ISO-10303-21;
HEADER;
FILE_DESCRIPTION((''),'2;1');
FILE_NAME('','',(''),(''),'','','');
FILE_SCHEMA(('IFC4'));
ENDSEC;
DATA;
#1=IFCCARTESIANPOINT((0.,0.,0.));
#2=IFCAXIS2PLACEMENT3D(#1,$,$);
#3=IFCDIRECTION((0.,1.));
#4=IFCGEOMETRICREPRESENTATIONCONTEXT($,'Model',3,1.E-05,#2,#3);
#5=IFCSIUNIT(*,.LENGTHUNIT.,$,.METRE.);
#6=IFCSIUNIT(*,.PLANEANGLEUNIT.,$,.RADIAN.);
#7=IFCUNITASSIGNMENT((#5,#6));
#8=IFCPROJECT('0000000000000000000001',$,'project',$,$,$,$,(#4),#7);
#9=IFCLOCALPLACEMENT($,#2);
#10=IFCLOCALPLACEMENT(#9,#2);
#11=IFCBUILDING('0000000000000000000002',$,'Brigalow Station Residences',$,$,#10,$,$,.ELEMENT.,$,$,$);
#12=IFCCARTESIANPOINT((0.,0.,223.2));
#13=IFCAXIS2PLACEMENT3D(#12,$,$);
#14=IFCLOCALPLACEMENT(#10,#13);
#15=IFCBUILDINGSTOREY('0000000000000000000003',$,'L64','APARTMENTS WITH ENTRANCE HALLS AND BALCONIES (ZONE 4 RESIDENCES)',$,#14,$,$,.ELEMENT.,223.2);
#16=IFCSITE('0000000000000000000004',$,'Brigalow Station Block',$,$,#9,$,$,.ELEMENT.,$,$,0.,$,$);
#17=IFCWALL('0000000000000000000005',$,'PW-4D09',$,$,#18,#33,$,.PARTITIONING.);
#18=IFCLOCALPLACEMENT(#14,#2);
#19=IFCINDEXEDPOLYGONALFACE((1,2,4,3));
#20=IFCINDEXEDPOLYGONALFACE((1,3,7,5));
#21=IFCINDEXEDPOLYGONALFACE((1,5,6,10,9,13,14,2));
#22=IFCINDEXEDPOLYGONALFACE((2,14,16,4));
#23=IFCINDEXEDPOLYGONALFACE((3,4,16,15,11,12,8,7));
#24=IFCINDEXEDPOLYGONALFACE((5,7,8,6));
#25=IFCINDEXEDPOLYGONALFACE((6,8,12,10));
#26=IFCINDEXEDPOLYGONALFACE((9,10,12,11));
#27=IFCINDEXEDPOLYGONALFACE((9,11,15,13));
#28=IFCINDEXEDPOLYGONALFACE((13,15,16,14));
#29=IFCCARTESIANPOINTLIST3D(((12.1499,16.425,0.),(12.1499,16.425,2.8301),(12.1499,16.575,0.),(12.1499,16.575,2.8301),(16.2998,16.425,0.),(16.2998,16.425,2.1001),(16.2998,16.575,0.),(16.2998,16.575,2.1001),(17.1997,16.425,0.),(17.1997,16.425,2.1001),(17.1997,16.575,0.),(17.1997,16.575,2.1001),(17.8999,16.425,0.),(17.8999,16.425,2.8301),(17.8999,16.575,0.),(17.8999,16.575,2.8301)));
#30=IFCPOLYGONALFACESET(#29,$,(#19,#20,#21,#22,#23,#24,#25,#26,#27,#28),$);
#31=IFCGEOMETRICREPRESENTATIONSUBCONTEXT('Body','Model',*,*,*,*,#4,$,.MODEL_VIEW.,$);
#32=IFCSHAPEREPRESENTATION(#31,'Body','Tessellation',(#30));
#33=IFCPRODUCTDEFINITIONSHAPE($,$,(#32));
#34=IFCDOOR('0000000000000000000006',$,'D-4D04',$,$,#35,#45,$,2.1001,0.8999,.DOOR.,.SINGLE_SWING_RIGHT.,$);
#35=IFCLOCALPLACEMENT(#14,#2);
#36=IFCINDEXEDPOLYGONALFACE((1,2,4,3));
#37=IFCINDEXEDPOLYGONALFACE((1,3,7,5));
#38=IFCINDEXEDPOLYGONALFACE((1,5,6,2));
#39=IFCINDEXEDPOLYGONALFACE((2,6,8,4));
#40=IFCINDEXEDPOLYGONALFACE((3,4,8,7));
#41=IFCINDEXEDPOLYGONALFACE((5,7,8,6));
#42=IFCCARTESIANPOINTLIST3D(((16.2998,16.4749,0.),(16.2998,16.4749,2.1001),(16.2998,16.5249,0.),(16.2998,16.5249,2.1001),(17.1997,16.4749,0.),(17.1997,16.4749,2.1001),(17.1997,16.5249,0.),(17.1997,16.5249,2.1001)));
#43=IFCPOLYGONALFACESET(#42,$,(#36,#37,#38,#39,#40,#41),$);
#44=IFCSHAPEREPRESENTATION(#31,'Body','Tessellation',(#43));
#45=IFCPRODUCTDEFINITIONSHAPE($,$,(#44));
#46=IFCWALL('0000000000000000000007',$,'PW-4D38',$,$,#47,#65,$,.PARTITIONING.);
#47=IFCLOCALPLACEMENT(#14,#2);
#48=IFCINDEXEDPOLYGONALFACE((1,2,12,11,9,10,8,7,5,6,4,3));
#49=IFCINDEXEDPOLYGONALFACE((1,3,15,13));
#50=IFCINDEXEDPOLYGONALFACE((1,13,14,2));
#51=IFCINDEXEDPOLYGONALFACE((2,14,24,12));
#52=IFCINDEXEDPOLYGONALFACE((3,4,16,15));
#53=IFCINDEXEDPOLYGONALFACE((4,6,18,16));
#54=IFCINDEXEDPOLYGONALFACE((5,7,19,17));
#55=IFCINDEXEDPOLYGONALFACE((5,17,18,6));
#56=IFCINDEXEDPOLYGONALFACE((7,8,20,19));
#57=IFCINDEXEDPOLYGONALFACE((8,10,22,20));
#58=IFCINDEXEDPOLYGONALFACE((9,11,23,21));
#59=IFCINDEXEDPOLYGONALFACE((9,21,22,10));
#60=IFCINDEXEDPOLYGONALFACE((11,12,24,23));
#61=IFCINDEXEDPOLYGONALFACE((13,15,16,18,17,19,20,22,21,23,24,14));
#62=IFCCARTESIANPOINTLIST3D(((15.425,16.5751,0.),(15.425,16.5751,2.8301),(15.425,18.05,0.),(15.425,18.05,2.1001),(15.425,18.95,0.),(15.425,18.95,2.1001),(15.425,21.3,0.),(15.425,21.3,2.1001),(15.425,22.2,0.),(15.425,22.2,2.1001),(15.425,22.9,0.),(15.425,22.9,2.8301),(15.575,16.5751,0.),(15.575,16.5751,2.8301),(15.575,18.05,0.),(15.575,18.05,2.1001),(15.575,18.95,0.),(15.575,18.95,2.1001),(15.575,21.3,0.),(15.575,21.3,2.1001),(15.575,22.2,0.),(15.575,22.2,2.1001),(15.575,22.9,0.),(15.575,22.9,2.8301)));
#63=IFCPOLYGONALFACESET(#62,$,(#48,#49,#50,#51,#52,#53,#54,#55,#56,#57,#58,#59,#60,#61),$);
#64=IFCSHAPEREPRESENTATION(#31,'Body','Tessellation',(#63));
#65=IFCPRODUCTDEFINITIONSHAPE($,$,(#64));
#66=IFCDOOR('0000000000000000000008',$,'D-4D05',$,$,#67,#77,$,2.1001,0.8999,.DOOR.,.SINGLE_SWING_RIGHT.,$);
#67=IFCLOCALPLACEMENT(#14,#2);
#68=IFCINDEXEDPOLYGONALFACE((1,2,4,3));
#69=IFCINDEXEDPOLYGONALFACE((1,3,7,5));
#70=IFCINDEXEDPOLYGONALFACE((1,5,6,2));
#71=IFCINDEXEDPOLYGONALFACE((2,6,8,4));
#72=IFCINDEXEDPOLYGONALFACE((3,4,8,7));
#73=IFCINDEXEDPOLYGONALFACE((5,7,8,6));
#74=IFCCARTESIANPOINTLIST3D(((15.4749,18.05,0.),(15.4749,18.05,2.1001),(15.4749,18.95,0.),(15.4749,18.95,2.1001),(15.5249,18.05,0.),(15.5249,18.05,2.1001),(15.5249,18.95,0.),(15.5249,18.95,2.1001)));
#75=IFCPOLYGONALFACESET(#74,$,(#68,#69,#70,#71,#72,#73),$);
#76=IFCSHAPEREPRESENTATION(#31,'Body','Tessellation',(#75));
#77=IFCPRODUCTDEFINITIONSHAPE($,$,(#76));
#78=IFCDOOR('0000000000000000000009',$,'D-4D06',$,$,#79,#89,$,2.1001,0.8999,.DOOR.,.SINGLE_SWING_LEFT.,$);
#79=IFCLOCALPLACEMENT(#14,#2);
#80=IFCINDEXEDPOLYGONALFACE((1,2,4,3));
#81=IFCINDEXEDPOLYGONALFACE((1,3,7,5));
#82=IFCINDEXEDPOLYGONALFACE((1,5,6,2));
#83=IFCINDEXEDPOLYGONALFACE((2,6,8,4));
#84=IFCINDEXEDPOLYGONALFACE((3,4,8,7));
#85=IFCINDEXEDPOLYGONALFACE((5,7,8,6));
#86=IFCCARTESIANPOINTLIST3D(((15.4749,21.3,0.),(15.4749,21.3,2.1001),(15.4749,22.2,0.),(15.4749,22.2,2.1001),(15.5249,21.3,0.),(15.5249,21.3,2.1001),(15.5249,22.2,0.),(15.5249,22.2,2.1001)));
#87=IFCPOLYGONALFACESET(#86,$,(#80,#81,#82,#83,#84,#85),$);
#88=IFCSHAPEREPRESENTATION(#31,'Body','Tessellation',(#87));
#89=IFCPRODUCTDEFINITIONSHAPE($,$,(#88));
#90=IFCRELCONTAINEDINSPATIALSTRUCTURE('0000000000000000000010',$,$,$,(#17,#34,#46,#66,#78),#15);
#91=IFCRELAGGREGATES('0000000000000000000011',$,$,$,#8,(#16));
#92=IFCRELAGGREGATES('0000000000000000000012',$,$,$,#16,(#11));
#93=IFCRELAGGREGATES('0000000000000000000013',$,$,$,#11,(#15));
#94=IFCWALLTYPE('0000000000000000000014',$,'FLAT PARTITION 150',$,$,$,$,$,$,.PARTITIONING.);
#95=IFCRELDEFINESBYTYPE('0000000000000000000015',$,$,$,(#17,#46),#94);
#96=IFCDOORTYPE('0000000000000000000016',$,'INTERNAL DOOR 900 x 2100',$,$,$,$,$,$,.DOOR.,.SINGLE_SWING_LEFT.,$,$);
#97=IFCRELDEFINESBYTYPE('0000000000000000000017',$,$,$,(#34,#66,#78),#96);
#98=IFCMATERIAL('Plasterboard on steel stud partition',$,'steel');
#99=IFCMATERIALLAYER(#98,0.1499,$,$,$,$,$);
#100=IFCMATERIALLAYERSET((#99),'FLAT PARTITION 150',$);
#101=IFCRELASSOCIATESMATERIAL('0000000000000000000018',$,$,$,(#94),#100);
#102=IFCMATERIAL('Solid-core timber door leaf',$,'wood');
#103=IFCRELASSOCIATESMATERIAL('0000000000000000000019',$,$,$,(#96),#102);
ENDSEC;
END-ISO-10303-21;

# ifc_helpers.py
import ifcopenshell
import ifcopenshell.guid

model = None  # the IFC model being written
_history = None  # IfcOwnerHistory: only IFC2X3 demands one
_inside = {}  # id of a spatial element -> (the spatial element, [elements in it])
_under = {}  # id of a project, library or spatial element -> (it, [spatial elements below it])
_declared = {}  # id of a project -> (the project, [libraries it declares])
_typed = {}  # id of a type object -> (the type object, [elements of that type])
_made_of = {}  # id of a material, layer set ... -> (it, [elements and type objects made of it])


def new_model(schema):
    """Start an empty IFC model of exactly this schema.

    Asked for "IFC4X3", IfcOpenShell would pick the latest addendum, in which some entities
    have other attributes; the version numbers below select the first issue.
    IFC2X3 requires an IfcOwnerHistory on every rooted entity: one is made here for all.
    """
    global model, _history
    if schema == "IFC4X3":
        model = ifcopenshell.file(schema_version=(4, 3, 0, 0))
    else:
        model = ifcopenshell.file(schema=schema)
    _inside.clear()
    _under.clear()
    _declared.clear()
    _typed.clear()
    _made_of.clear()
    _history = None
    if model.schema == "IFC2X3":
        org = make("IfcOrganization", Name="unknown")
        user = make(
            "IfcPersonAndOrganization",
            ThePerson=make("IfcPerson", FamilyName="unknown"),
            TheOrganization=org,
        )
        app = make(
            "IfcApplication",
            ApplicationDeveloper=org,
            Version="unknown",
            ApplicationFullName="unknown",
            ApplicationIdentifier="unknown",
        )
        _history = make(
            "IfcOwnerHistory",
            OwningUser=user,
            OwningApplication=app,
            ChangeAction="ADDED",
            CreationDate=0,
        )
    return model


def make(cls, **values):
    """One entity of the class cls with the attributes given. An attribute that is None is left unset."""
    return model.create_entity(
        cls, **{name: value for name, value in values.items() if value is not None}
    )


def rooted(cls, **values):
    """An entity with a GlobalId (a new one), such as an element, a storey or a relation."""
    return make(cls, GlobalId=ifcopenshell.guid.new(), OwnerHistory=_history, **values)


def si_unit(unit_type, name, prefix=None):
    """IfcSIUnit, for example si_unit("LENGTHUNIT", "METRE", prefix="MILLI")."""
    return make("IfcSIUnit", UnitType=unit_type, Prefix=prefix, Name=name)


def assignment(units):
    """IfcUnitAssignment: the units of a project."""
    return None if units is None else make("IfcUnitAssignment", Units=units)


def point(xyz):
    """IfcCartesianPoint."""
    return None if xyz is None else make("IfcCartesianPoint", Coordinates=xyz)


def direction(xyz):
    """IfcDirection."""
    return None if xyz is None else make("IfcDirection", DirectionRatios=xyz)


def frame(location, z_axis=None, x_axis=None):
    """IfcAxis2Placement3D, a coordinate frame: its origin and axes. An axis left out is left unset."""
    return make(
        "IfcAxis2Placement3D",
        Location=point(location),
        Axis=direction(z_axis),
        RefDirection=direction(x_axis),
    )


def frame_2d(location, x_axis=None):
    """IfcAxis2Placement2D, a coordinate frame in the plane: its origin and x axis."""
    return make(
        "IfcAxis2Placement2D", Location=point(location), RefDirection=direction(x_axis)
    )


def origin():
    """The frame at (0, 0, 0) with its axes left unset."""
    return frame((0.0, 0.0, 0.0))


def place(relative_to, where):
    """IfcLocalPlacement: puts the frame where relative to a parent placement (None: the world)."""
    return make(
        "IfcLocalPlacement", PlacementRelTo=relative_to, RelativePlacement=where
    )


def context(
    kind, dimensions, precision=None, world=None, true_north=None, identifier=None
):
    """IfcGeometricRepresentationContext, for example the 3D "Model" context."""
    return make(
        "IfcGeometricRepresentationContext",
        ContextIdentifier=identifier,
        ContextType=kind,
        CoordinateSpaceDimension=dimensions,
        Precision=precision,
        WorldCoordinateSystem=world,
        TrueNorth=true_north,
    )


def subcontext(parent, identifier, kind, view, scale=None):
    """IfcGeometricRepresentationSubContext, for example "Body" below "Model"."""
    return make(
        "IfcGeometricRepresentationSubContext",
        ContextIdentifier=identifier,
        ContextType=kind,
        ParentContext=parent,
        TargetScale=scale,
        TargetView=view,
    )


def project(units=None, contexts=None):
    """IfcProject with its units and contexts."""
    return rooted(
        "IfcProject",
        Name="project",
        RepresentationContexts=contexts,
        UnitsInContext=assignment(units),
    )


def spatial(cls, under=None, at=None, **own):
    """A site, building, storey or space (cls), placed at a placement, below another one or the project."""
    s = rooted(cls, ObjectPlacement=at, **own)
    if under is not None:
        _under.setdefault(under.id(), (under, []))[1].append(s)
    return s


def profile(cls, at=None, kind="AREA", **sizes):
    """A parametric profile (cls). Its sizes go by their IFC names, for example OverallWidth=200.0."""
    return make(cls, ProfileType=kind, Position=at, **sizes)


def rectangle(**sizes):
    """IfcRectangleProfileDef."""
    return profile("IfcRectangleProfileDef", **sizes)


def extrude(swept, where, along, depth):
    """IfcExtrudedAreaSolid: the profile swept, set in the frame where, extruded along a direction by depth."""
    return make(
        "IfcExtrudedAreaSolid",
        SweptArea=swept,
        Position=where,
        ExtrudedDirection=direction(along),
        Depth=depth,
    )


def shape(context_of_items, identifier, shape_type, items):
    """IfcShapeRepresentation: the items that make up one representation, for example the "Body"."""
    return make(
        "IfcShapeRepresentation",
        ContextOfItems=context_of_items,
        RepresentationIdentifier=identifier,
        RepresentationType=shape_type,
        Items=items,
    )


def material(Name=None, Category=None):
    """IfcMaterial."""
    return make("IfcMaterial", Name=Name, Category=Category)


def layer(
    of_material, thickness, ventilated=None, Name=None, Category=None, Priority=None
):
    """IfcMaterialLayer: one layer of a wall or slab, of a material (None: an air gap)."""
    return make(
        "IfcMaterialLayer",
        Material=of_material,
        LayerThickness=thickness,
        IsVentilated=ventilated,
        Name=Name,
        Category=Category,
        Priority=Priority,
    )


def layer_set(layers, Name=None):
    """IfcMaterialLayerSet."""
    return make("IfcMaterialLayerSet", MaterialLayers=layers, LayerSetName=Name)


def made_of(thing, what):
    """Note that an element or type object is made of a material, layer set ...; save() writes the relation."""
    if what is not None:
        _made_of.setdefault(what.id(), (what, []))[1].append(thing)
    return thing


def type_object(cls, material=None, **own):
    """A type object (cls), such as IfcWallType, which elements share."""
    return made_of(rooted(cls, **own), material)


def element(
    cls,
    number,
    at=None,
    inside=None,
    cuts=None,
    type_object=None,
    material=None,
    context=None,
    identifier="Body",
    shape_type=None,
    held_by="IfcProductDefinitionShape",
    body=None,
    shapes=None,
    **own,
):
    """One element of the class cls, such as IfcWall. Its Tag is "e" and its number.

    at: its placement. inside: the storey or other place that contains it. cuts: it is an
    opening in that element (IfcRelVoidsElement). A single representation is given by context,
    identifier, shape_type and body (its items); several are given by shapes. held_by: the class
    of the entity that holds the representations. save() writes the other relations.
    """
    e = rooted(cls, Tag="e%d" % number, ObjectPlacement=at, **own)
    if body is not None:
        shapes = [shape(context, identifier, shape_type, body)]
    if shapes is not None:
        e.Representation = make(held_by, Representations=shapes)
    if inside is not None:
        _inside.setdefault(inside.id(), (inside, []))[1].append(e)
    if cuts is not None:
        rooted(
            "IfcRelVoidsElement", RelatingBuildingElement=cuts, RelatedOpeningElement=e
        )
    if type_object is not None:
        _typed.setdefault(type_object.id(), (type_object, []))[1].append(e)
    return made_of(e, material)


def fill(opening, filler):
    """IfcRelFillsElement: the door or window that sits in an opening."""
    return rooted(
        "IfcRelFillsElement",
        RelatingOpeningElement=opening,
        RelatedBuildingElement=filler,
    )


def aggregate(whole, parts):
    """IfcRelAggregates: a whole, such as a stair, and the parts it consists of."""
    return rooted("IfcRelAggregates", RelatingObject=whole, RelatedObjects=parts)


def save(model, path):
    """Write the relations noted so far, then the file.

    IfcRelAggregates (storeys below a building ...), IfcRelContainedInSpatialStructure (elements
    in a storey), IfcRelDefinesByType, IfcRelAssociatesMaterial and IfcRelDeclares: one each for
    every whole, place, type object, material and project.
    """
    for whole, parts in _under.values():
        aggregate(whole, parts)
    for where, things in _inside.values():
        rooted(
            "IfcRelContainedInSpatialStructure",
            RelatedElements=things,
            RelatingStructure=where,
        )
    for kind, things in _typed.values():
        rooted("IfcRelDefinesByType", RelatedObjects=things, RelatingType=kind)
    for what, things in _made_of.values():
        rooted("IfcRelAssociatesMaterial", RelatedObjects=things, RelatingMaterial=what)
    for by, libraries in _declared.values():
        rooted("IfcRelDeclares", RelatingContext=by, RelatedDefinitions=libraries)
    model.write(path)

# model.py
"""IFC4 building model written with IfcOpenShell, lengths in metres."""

from ifc_helpers import new_model, si_unit, direction, frame, frame_2d, origin, place, context, subcontext, project, spatial, rectangle, extrude, material, layer, layer_set, type_object, element, fill, save


model = new_model("IFC4")

# Units and contexts
model_context = context("Model", 3, precision=1e-05, world=origin(), true_north=direction((0.0, 1.0)))
body_context = subcontext(model_context, "Body", "Model", "MODEL_VIEW")
ifc_project = project(units=[si_unit("LENGTHUNIT", "METRE"), si_unit("PLANEANGLEUNIT", "RADIAN")], contexts=[model_context])

# Site, building, storey
site_placement = place(None, origin())
site = spatial("IfcSite", under=ifc_project, at=site_placement, Name="Brigalow Station Block", CompositionType="ELEMENT", RefElevation=0.0)
building_placement = place(site_placement, origin())
building = spatial("IfcBuilding", under=site, at=building_placement, Name="Brigalow Station Residences", CompositionType="ELEMENT")
storey_placement = place(building_placement, frame((0.0, 0.0, 223.2)))
storey = spatial("IfcBuildingStorey", under=building, at=storey_placement, Name="L64", Description="APARTMENTS WITH ENTRANCE HALLS AND BALCONIES (ZONE 4 RESIDENCES)", CompositionType="ELEMENT", Elevation=223.2)

# Shared definitions
ifc_material_1 = material(Name="Plasterboard on steel stud partition", Category="steel")
ifc_layer_1 = layer(ifc_material_1, 0.1499)
ifc_layer_set_1 = layer_set([ifc_layer_1], Name="FLAT PARTITION 150")
wall_type_1 = type_object("IfcWallType", Name="FLAT PARTITION 150", PredefinedType="PARTITIONING", material=ifc_layer_set_1)

# Wall, opening, door
wall_1_placement = place(storey_placement, frame((12.1499, 16.5, 0.0), z_axis=(0.0, 0.0, 1.0), x_axis=(1.0, 0.0, 0.0)))
wall_1 = element("IfcWall", 1, at=wall_1_placement, inside=storey, type_object=wall_type_1, Name="PW-4D09", PredefinedType="PARTITIONING", context=body_context, shape_type="SweptSolid", body=[
    extrude(rectangle(XDim=5.75, YDim=0.1499, at=frame_2d((2.875, 0.0))), origin(), (0.0, 0.0, 1.0), 2.8301),
])
opening_1_placement = place(wall_1_placement, frame((4.1499, 0.0, 0.0)))
opening_1 = element("IfcOpeningElement", 2, at=opening_1_placement, cuts=wall_1, PredefinedType="OPENING", context=body_context, shape_type="SweptSolid", body=[
    extrude(rectangle(XDim=0.8999, YDim=2.1001, at=frame_2d((0.45, 1.05))), frame((0.0, 0.085, 0.0), z_axis=(0.0, -1.0, 0.0), x_axis=(1.0, 0.0, 0.0)), (0.0, 0.0, 1.0), 0.1699),
])
ifc_material_2 = material(Name="Solid-core timber door leaf", Category="wood")
door_type_1 = type_object("IfcDoorType", Name="INTERNAL DOOR 900 x 2100", OperationType="SINGLE_SWING_LEFT", PredefinedType="DOOR", material=ifc_material_2)
door_1_placement = place(opening_1_placement, origin())
door_1 = element("IfcDoor", 3, at=door_1_placement, inside=storey, type_object=door_type_1, Name="D-4D04", OperationType="SINGLE_SWING_RIGHT", OverallHeight=2.1001, OverallWidth=0.8999, PredefinedType="DOOR", context=body_context, shape_type="SweptSolid", body=[
    extrude(rectangle(XDim=0.8999, YDim=2.1001, at=frame_2d((0.45, 1.05))), frame((0.0, 0.0249, 0.0), z_axis=(0.0, -1.0, 0.0), x_axis=(1.0, 0.0, 0.0)), (0.0, 0.0, 1.0), 0.05),
])
fill(opening_1, door_1)

# Wall, openings, doors
wall_2_placement = place(storey_placement, frame((15.5, 16.575, 0.0), z_axis=(0.0, 0.0, 1.0), x_axis=(0.0, 1.0, 0.0)))
wall_2 = element("IfcWall", 4, at=wall_2_placement, inside=storey, type_object=wall_type_1, Name="PW-4D38", PredefinedType="PARTITIONING", context=body_context, shape_type="SweptSolid", body=[
    extrude(rectangle(XDim=6.325, YDim=0.1499, at=frame_2d((3.1626, 0.0))), origin(), (0.0, 0.0, 1.0), 2.8301),
])
opening_2_placement = place(wall_2_placement, frame((1.4751, 0.0, 0.0)))
opening_2 = element("IfcOpeningElement", 5, at=opening_2_placement, cuts=wall_2, PredefinedType="OPENING", context=body_context, shape_type="SweptSolid", body=[
    extrude(rectangle(XDim=0.8999, YDim=2.1001, at=frame_2d((0.45, 1.05))), frame((0.0, 0.085, 0.0), z_axis=(0.0, -1.0, 0.0), x_axis=(1.0, 0.0, 0.0)), (0.0, 0.0, 1.0), 0.1699),
])
opening_3_placement = place(wall_2_placement, frame((4.7251, 0.0, 0.0)))
opening_3 = element("IfcOpeningElement", 6, at=opening_3_placement, cuts=wall_2, PredefinedType="OPENING", context=body_context, shape_type="SweptSolid", body=[
    extrude(rectangle(XDim=0.8999, YDim=2.1001, at=frame_2d((0.45, 1.05))), frame((0.0, 0.085, 0.0), z_axis=(0.0, -1.0, 0.0), x_axis=(1.0, 0.0, 0.0)), (0.0, 0.0, 1.0), 0.1699),
])
door_2_placement = place(opening_2_placement, frame((0.8999, 0.0, 0.0), z_axis=(0.0, 0.0, 1.0), x_axis=(-1.0, 0.0, 0.0)))
door_2 = element("IfcDoor", 7, at=door_2_placement, inside=storey, type_object=door_type_1, Name="D-4D05", OperationType="SINGLE_SWING_RIGHT", OverallHeight=2.1001, OverallWidth=0.8999, PredefinedType="DOOR", context=body_context, shape_type="SweptSolid", body=[
    extrude(rectangle(XDim=0.8999, YDim=2.1001, at=frame_2d((0.45, 1.05))), frame((0.0, 0.0249, 0.0), z_axis=(0.0, -1.0, 0.0), x_axis=(1.0, 0.0, 0.0)), (0.0, 0.0, 1.0), 0.05),
])
fill(opening_2, door_2)
door_3_placement = place(opening_3_placement, frame((0.8999, 0.0, 0.0), z_axis=(0.0, 0.0, 1.0), x_axis=(-1.0, 0.0, 0.0)))
door_3 = element("IfcDoor", 8, at=door_3_placement, inside=storey, type_object=door_type_1, Name="D-4D06", OperationType="SINGLE_SWING_LEFT", OverallHeight=2.1001, OverallWidth=0.8999, PredefinedType="DOOR", context=body_context, shape_type="SweptSolid", body=[
    extrude(rectangle(XDim=0.8999, YDim=2.1001, at=frame_2d((0.45, 1.05))), frame((0.0, 0.0249, 0.0), z_axis=(0.0, -1.0, 0.0), x_axis=(1.0, 0.0, 0.0)), (0.0, 0.0, 1.0), 0.05),
])
fill(opening_3, door_3)

save(model, "model.ifc")
